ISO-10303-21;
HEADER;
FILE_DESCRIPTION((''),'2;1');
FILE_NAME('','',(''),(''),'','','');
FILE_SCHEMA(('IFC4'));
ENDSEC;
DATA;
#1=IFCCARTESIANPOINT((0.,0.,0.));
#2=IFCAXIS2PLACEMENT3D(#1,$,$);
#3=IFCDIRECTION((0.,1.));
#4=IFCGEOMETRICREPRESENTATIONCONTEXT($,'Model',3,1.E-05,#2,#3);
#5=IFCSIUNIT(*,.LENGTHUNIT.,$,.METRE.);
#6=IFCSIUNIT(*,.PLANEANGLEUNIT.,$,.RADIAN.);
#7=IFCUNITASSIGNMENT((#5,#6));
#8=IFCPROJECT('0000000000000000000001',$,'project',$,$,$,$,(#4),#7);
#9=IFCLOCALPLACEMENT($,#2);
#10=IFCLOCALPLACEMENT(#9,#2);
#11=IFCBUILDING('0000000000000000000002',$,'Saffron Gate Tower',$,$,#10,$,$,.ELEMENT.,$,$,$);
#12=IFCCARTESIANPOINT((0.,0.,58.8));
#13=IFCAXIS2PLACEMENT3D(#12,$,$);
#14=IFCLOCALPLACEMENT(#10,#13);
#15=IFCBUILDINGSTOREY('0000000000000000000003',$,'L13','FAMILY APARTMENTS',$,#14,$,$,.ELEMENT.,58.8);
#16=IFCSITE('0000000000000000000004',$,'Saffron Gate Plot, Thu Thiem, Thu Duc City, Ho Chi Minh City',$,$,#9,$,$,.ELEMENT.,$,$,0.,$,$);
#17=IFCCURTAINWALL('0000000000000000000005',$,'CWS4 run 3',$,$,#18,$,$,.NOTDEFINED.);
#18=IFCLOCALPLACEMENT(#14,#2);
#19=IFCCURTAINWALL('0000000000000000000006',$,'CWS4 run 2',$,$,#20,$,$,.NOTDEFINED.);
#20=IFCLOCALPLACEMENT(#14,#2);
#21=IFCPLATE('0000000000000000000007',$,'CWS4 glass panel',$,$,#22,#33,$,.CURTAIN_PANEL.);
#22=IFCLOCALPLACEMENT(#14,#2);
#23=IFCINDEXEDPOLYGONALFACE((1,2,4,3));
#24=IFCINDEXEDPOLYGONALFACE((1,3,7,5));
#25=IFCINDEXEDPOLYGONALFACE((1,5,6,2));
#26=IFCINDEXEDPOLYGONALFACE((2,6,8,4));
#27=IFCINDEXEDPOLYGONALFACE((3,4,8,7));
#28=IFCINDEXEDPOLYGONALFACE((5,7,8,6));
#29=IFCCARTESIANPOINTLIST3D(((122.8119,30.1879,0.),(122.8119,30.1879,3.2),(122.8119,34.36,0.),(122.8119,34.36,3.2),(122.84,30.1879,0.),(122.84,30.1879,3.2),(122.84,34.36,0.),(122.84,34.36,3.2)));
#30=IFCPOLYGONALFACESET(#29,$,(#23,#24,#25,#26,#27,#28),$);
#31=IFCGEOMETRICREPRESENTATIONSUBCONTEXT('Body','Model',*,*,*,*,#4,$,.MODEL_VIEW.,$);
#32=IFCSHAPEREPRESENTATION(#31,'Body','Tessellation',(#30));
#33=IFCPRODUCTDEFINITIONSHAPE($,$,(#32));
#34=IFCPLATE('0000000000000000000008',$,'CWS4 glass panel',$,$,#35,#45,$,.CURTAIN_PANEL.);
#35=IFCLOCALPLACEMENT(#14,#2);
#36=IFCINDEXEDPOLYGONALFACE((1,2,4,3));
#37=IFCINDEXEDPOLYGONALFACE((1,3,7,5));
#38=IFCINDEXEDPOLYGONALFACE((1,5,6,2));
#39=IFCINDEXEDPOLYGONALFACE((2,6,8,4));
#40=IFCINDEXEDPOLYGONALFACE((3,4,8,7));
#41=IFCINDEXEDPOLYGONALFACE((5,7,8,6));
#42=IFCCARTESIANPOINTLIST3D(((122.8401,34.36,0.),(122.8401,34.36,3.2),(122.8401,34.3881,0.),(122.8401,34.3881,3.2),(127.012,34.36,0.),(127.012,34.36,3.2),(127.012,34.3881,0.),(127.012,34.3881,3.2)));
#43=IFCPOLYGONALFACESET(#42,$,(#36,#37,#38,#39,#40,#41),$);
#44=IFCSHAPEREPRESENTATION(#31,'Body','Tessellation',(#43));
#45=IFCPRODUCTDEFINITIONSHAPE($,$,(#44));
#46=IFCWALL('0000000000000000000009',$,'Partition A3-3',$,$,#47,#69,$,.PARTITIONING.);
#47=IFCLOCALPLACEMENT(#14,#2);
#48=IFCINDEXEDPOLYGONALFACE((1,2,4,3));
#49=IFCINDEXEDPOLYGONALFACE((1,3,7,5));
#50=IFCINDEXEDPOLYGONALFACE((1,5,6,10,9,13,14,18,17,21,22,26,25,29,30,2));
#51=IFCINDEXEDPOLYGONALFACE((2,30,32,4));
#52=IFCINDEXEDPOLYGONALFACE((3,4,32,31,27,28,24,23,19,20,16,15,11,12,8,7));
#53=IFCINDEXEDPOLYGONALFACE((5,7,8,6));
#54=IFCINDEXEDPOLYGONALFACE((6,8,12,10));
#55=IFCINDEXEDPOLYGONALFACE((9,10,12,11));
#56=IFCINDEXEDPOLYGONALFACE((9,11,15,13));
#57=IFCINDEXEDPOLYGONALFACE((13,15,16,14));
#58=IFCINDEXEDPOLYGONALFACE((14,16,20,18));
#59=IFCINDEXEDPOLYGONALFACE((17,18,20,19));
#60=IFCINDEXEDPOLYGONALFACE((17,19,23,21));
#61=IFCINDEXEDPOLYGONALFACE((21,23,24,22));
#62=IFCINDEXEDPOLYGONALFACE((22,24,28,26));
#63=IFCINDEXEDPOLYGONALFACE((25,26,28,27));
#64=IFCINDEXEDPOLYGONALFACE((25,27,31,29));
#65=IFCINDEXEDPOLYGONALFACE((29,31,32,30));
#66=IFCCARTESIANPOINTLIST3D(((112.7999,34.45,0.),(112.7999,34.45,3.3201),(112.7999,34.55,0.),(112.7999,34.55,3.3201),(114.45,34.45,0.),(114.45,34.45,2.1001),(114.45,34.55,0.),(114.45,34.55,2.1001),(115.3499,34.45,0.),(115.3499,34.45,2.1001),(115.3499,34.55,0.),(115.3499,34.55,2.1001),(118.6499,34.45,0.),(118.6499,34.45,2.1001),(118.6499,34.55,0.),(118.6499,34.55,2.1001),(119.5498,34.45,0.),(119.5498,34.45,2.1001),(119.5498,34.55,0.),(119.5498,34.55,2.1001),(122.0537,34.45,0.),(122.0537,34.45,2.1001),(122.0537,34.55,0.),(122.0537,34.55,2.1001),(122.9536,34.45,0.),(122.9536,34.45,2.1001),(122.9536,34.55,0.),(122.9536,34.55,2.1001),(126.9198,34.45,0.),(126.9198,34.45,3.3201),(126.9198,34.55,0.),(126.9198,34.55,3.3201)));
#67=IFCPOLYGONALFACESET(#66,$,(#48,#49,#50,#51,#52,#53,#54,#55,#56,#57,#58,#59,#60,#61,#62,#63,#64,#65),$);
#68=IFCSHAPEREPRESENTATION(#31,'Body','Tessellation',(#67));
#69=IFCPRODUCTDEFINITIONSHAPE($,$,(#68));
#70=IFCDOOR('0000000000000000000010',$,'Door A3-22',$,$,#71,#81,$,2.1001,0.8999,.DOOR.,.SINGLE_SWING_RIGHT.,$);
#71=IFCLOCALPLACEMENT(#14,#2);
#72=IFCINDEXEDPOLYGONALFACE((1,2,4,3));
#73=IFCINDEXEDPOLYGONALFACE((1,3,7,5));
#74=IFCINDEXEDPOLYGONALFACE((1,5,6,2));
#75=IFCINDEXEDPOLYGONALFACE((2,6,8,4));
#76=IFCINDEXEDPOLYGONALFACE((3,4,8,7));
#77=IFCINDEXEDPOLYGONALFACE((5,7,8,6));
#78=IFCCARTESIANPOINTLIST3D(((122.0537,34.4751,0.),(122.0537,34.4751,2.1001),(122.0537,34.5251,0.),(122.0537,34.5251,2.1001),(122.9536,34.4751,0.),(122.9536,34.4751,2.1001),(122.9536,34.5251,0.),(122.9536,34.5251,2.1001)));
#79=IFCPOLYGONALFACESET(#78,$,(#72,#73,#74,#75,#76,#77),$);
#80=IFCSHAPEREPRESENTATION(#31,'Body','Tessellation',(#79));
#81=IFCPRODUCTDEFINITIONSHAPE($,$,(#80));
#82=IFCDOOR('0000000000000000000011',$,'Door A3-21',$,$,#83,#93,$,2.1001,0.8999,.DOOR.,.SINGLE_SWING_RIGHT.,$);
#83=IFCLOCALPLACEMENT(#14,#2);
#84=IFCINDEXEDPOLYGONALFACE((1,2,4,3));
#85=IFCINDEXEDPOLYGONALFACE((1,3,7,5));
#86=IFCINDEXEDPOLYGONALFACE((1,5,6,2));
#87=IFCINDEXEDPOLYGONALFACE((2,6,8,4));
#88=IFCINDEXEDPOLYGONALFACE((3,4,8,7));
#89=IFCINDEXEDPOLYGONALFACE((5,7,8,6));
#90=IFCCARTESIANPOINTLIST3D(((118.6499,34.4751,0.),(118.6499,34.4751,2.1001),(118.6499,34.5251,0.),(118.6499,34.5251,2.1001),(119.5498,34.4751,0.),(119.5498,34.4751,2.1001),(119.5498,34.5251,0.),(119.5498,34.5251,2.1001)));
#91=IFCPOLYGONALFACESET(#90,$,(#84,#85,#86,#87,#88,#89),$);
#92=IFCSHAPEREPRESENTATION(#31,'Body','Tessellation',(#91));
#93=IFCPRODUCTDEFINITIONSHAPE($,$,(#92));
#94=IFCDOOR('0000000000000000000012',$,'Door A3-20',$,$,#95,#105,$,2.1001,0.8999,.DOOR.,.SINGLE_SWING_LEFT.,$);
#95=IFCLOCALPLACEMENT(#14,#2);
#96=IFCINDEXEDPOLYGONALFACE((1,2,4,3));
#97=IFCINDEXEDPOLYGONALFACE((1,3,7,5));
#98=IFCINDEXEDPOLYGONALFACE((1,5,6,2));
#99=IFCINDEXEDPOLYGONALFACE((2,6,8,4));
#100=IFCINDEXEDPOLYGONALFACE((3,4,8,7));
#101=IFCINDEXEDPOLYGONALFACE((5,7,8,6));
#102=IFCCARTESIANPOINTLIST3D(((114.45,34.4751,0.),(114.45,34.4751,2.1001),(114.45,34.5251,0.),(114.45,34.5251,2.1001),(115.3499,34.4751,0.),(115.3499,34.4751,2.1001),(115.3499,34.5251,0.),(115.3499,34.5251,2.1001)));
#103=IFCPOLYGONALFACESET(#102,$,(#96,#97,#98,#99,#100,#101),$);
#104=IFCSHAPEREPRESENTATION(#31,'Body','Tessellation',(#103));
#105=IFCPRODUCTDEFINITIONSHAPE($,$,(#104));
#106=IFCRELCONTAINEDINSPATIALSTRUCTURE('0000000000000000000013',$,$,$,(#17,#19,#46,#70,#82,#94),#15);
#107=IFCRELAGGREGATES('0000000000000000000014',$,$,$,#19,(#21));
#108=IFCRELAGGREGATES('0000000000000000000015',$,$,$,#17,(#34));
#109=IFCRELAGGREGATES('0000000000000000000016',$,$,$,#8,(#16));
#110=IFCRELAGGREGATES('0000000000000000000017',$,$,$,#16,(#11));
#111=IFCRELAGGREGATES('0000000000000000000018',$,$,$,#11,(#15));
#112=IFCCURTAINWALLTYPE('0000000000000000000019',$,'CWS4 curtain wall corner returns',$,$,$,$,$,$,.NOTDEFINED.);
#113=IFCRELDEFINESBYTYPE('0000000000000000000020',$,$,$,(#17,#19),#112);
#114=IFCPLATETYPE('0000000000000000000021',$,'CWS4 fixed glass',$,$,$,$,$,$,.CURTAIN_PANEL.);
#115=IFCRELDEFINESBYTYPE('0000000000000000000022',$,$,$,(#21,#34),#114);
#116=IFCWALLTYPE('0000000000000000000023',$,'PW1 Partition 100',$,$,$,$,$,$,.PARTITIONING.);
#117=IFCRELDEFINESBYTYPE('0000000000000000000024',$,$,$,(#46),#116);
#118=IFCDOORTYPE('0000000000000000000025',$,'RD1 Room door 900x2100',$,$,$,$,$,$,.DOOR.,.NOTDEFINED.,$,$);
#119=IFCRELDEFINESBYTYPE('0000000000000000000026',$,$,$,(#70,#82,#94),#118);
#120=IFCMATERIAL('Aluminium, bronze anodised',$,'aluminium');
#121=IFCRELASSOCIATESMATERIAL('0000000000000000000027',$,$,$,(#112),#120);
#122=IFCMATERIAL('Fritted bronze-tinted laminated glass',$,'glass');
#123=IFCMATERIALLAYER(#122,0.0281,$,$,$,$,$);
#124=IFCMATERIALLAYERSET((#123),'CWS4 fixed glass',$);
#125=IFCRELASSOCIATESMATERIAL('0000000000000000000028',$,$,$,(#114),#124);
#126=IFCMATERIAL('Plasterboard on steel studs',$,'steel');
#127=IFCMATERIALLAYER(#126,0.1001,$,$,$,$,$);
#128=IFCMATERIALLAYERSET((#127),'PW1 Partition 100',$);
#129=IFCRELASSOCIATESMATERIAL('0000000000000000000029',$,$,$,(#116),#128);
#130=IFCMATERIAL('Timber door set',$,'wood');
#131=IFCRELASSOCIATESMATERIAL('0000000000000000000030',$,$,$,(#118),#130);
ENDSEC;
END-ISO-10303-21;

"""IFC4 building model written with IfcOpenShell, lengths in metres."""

from ifc_helpers import new_model, si_unit, direction, frame, frame_2d, origin, place, context, subcontext, project, spatial, rectangle, extrude, material, layer, layer_set, type_object, element, fill, aggregate, save


model = new_model("IFC4")

# Units and contexts
model_context = context("Model", 3, precision=1e-05, world=origin(), true_north=direction((0.0, 1.0)))
body_context = subcontext(model_context, "Body", "Model", "MODEL_VIEW")
ifc_project = project(units=[si_unit("LENGTHUNIT", "METRE"), si_unit("PLANEANGLEUNIT", "RADIAN")], contexts=[model_context])

# Site, building, storey
site_placement = place(None, origin())
site = spatial("IfcSite", under=ifc_project, at=site_placement, Name="Saffron Gate Plot, Thu Thiem, Thu Duc City, Ho Chi Minh City", CompositionType="ELEMENT", RefElevation=0.0)
building_placement = place(site_placement, origin())
building = spatial("IfcBuilding", under=site, at=building_placement, Name="Saffron Gate Tower", CompositionType="ELEMENT")
storey_placement = place(building_placement, frame((0.0, 0.0, 58.8)))
storey = spatial("IfcBuildingStorey", under=building, at=storey_placement, Name="L13", Description="FAMILY APARTMENTS", CompositionType="ELEMENT", Elevation=58.8)

# Shared definitions
ifc_material_1 = material(Name="Aluminium, bronze anodised", Category="aluminium")

# Curtain wall
curtain_wall_type_1 = type_object("IfcCurtainWallType", Name="CWS4 curtain wall corner returns", PredefinedType="NOTDEFINED", material=ifc_material_1)
curtain_wall_1_placement = place(storey_placement, origin())
curtain_wall_1 = element("IfcCurtainWall", 1, at=curtain_wall_1_placement, inside=storey, type_object=curtain_wall_type_1, Name="CWS4 run 3", PredefinedType="NOTDEFINED")

# Curtain wall
curtain_wall_2_placement = place(storey_placement, origin())
curtain_wall_2 = element("IfcCurtainWall", 2, at=curtain_wall_2_placement, inside=storey, type_object=curtain_wall_type_1, Name="CWS4 run 2", PredefinedType="NOTDEFINED")

# Shared definitions
ifc_material_2 = material(Name="Fritted bronze-tinted laminated glass", Category="glass")

# Plates
ifc_layer_1 = layer(ifc_material_2, 0.0281)
ifc_layer_set_1 = layer_set([ifc_layer_1], Name="CWS4 fixed glass")
plate_type_1 = type_object("IfcPlateType", Name="CWS4 fixed glass", PredefinedType="CURTAIN_PANEL", material=ifc_layer_set_1)
plate_1_placement = place(storey_placement, frame((122.8259, 30.188, 0.0), z_axis=(0.0, 0.0, 1.0), x_axis=(0.0, 1.0, 0.0)))
plate_1 = element("IfcPlate", 3, at=plate_1_placement, type_object=plate_type_1, Name="CWS4 glass panel", PredefinedType="CURTAIN_PANEL", context=body_context, shape_type="SweptSolid", body=[
    extrude(rectangle(XDim=4.1721, YDim=0.0281, at=frame_2d((2.0859, 0.0))), origin(), (0.0, 0.0, 1.0), 3.2),
])
aggregate(curtain_wall_2, [plate_1])
plate_2_placement = place(storey_placement, frame((122.8401, 34.374, 0.0), z_axis=(0.0, 0.0, 1.0), x_axis=(1.0, 0.0, 0.0)))
plate_2 = element("IfcPlate", 4, at=plate_2_placement, type_object=plate_type_1, Name="CWS4 glass panel", PredefinedType="CURTAIN_PANEL", context=body_context, shape_type="SweptSolid", body=[
    extrude(rectangle(XDim=4.1719, YDim=0.0281, at=frame_2d((2.0859, 0.0))), origin(), (0.0, 0.0, 1.0), 3.2),
])
aggregate(curtain_wall_1, [plate_2])

# Wall, openings, doors
ifc_material_3 = material(Name="Plasterboard on steel studs", Category="steel")
ifc_layer_2 = layer(ifc_material_3, 0.1001)
ifc_layer_set_2 = layer_set([ifc_layer_2], Name="PW1 Partition 100")
wall_type = type_object("IfcWallType", Name="PW1 Partition 100", PredefinedType="PARTITIONING", material=ifc_layer_set_2)
wall_placement = place(storey_placement, frame((126.9199, 34.5, 0.0), z_axis=(0.0, 0.0, 1.0), x_axis=(-1.0, 0.0, 0.0)))
wall = element("IfcWall", 5, at=wall_placement, inside=storey, type_object=wall_type, Name="Partition A3-3", PredefinedType="PARTITIONING", context=body_context, shape_type="SweptSolid", body=[
    extrude(rectangle(XDim=14.1199, YDim=0.1001, at=frame_2d((7.0601, 0.0))), origin(), (0.0, 0.0, 1.0), 3.3201),
])
opening_1_placement = place(wall_placement, frame((3.9663, 0.0, 0.0)))
opening_1 = element("IfcOpeningElement", 6, at=opening_1_placement, cuts=wall, PredefinedType="OPENING", context=body_context, shape_type="SweptSolid", body=[
    extrude(rectangle(XDim=0.8999, YDim=2.1001, at=frame_2d((0.45, 1.05))), frame((0.0, 0.0601, 0.0), z_axis=(0.0, -1.0, 0.0), x_axis=(1.0, 0.0, 0.0)), (0.0, 0.0, 1.0), 0.1201),
])
opening_2_placement = place(wall_placement, frame((7.3701, 0.0, 0.0)))
opening_2 = element("IfcOpeningElement", 7, at=opening_2_placement, cuts=wall, PredefinedType="OPENING", context=body_context, shape_type="SweptSolid", body=[
    extrude(rectangle(XDim=0.8999, YDim=2.1001, at=frame_2d((0.45, 1.05))), frame((0.0, 0.0601, 0.0), z_axis=(0.0, -1.0, 0.0), x_axis=(1.0, 0.0, 0.0)), (0.0, 0.0, 1.0), 0.1201),
])
opening_3_placement = place(wall_placement, frame((11.5701, 0.0, 0.0)))
opening_3 = element("IfcOpeningElement", 8, at=opening_3_placement, cuts=wall, PredefinedType="OPENING", context=body_context, shape_type="SweptSolid", body=[
    extrude(rectangle(XDim=0.8999, YDim=2.1001, at=frame_2d((0.45, 1.05))), frame((0.0, 0.0601, 0.0), z_axis=(0.0, -1.0, 0.0), x_axis=(1.0, 0.0, 0.0)), (0.0, 0.0, 1.0), 0.1201),
])
ifc_material_4 = material(Name="Timber door set", Category="wood")
door_type = type_object("IfcDoorType", Name="RD1 Room door 900x2100", OperationType="NOTDEFINED", PredefinedType="DOOR", material=ifc_material_4)
door_1_placement = place(opening_1_placement, origin())
door_1 = element("IfcDoor", 9, at=door_1_placement, inside=storey, type_object=door_type, Name="Door A3-22", OperationType="SINGLE_SWING_RIGHT", OverallHeight=2.1001, OverallWidth=0.8999, PredefinedType="DOOR", context=body_context, shape_type="SweptSolid", body=[
    extrude(rectangle(XDim=0.8999, YDim=2.1001, at=frame_2d((0.45, 1.05))), frame((0.0, 0.0249, 0.0), z_axis=(0.0, -1.0, 0.0), x_axis=(1.0, 0.0, 0.0)), (0.0, 0.0, 1.0), 0.05),
])
fill(opening_1, door_1)
door_2_placement = place(opening_2_placement, origin())
door_2 = element("IfcDoor", 10, at=door_2_placement, inside=storey, type_object=door_type, Name="Door A3-21", OperationType="SINGLE_SWING_RIGHT", OverallHeight=2.1001, OverallWidth=0.8999, PredefinedType="DOOR", context=body_context, shape_type="SweptSolid", body=[
    extrude(rectangle(XDim=0.8999, YDim=2.1001, at=frame_2d((0.45, 1.05))), frame((0.0, 0.0249, 0.0), z_axis=(0.0, -1.0, 0.0), x_axis=(1.0, 0.0, 0.0)), (0.0, 0.0, 1.0), 0.05),
])
fill(opening_2, door_2)
door_3_placement = place(opening_3_placement, origin())
door_3 = element("IfcDoor", 11, at=door_3_placement, inside=storey, type_object=door_type, Name="Door A3-20", OperationType="SINGLE_SWING_LEFT", OverallHeight=2.1001, OverallWidth=0.8999, PredefinedType="DOOR", context=body_context, shape_type="SweptSolid", body=[
    extrude(rectangle(XDim=0.8999, YDim=2.1001, at=frame_2d((0.45, 1.05))), frame((0.0, 0.0249, 0.0), z_axis=(0.0, -1.0, 0.0), x_axis=(1.0, 0.0, 0.0)), (0.0, 0.0, 1.0), 0.05),
])
fill(opening_3, door_3)

save(model, "model.ifc")
